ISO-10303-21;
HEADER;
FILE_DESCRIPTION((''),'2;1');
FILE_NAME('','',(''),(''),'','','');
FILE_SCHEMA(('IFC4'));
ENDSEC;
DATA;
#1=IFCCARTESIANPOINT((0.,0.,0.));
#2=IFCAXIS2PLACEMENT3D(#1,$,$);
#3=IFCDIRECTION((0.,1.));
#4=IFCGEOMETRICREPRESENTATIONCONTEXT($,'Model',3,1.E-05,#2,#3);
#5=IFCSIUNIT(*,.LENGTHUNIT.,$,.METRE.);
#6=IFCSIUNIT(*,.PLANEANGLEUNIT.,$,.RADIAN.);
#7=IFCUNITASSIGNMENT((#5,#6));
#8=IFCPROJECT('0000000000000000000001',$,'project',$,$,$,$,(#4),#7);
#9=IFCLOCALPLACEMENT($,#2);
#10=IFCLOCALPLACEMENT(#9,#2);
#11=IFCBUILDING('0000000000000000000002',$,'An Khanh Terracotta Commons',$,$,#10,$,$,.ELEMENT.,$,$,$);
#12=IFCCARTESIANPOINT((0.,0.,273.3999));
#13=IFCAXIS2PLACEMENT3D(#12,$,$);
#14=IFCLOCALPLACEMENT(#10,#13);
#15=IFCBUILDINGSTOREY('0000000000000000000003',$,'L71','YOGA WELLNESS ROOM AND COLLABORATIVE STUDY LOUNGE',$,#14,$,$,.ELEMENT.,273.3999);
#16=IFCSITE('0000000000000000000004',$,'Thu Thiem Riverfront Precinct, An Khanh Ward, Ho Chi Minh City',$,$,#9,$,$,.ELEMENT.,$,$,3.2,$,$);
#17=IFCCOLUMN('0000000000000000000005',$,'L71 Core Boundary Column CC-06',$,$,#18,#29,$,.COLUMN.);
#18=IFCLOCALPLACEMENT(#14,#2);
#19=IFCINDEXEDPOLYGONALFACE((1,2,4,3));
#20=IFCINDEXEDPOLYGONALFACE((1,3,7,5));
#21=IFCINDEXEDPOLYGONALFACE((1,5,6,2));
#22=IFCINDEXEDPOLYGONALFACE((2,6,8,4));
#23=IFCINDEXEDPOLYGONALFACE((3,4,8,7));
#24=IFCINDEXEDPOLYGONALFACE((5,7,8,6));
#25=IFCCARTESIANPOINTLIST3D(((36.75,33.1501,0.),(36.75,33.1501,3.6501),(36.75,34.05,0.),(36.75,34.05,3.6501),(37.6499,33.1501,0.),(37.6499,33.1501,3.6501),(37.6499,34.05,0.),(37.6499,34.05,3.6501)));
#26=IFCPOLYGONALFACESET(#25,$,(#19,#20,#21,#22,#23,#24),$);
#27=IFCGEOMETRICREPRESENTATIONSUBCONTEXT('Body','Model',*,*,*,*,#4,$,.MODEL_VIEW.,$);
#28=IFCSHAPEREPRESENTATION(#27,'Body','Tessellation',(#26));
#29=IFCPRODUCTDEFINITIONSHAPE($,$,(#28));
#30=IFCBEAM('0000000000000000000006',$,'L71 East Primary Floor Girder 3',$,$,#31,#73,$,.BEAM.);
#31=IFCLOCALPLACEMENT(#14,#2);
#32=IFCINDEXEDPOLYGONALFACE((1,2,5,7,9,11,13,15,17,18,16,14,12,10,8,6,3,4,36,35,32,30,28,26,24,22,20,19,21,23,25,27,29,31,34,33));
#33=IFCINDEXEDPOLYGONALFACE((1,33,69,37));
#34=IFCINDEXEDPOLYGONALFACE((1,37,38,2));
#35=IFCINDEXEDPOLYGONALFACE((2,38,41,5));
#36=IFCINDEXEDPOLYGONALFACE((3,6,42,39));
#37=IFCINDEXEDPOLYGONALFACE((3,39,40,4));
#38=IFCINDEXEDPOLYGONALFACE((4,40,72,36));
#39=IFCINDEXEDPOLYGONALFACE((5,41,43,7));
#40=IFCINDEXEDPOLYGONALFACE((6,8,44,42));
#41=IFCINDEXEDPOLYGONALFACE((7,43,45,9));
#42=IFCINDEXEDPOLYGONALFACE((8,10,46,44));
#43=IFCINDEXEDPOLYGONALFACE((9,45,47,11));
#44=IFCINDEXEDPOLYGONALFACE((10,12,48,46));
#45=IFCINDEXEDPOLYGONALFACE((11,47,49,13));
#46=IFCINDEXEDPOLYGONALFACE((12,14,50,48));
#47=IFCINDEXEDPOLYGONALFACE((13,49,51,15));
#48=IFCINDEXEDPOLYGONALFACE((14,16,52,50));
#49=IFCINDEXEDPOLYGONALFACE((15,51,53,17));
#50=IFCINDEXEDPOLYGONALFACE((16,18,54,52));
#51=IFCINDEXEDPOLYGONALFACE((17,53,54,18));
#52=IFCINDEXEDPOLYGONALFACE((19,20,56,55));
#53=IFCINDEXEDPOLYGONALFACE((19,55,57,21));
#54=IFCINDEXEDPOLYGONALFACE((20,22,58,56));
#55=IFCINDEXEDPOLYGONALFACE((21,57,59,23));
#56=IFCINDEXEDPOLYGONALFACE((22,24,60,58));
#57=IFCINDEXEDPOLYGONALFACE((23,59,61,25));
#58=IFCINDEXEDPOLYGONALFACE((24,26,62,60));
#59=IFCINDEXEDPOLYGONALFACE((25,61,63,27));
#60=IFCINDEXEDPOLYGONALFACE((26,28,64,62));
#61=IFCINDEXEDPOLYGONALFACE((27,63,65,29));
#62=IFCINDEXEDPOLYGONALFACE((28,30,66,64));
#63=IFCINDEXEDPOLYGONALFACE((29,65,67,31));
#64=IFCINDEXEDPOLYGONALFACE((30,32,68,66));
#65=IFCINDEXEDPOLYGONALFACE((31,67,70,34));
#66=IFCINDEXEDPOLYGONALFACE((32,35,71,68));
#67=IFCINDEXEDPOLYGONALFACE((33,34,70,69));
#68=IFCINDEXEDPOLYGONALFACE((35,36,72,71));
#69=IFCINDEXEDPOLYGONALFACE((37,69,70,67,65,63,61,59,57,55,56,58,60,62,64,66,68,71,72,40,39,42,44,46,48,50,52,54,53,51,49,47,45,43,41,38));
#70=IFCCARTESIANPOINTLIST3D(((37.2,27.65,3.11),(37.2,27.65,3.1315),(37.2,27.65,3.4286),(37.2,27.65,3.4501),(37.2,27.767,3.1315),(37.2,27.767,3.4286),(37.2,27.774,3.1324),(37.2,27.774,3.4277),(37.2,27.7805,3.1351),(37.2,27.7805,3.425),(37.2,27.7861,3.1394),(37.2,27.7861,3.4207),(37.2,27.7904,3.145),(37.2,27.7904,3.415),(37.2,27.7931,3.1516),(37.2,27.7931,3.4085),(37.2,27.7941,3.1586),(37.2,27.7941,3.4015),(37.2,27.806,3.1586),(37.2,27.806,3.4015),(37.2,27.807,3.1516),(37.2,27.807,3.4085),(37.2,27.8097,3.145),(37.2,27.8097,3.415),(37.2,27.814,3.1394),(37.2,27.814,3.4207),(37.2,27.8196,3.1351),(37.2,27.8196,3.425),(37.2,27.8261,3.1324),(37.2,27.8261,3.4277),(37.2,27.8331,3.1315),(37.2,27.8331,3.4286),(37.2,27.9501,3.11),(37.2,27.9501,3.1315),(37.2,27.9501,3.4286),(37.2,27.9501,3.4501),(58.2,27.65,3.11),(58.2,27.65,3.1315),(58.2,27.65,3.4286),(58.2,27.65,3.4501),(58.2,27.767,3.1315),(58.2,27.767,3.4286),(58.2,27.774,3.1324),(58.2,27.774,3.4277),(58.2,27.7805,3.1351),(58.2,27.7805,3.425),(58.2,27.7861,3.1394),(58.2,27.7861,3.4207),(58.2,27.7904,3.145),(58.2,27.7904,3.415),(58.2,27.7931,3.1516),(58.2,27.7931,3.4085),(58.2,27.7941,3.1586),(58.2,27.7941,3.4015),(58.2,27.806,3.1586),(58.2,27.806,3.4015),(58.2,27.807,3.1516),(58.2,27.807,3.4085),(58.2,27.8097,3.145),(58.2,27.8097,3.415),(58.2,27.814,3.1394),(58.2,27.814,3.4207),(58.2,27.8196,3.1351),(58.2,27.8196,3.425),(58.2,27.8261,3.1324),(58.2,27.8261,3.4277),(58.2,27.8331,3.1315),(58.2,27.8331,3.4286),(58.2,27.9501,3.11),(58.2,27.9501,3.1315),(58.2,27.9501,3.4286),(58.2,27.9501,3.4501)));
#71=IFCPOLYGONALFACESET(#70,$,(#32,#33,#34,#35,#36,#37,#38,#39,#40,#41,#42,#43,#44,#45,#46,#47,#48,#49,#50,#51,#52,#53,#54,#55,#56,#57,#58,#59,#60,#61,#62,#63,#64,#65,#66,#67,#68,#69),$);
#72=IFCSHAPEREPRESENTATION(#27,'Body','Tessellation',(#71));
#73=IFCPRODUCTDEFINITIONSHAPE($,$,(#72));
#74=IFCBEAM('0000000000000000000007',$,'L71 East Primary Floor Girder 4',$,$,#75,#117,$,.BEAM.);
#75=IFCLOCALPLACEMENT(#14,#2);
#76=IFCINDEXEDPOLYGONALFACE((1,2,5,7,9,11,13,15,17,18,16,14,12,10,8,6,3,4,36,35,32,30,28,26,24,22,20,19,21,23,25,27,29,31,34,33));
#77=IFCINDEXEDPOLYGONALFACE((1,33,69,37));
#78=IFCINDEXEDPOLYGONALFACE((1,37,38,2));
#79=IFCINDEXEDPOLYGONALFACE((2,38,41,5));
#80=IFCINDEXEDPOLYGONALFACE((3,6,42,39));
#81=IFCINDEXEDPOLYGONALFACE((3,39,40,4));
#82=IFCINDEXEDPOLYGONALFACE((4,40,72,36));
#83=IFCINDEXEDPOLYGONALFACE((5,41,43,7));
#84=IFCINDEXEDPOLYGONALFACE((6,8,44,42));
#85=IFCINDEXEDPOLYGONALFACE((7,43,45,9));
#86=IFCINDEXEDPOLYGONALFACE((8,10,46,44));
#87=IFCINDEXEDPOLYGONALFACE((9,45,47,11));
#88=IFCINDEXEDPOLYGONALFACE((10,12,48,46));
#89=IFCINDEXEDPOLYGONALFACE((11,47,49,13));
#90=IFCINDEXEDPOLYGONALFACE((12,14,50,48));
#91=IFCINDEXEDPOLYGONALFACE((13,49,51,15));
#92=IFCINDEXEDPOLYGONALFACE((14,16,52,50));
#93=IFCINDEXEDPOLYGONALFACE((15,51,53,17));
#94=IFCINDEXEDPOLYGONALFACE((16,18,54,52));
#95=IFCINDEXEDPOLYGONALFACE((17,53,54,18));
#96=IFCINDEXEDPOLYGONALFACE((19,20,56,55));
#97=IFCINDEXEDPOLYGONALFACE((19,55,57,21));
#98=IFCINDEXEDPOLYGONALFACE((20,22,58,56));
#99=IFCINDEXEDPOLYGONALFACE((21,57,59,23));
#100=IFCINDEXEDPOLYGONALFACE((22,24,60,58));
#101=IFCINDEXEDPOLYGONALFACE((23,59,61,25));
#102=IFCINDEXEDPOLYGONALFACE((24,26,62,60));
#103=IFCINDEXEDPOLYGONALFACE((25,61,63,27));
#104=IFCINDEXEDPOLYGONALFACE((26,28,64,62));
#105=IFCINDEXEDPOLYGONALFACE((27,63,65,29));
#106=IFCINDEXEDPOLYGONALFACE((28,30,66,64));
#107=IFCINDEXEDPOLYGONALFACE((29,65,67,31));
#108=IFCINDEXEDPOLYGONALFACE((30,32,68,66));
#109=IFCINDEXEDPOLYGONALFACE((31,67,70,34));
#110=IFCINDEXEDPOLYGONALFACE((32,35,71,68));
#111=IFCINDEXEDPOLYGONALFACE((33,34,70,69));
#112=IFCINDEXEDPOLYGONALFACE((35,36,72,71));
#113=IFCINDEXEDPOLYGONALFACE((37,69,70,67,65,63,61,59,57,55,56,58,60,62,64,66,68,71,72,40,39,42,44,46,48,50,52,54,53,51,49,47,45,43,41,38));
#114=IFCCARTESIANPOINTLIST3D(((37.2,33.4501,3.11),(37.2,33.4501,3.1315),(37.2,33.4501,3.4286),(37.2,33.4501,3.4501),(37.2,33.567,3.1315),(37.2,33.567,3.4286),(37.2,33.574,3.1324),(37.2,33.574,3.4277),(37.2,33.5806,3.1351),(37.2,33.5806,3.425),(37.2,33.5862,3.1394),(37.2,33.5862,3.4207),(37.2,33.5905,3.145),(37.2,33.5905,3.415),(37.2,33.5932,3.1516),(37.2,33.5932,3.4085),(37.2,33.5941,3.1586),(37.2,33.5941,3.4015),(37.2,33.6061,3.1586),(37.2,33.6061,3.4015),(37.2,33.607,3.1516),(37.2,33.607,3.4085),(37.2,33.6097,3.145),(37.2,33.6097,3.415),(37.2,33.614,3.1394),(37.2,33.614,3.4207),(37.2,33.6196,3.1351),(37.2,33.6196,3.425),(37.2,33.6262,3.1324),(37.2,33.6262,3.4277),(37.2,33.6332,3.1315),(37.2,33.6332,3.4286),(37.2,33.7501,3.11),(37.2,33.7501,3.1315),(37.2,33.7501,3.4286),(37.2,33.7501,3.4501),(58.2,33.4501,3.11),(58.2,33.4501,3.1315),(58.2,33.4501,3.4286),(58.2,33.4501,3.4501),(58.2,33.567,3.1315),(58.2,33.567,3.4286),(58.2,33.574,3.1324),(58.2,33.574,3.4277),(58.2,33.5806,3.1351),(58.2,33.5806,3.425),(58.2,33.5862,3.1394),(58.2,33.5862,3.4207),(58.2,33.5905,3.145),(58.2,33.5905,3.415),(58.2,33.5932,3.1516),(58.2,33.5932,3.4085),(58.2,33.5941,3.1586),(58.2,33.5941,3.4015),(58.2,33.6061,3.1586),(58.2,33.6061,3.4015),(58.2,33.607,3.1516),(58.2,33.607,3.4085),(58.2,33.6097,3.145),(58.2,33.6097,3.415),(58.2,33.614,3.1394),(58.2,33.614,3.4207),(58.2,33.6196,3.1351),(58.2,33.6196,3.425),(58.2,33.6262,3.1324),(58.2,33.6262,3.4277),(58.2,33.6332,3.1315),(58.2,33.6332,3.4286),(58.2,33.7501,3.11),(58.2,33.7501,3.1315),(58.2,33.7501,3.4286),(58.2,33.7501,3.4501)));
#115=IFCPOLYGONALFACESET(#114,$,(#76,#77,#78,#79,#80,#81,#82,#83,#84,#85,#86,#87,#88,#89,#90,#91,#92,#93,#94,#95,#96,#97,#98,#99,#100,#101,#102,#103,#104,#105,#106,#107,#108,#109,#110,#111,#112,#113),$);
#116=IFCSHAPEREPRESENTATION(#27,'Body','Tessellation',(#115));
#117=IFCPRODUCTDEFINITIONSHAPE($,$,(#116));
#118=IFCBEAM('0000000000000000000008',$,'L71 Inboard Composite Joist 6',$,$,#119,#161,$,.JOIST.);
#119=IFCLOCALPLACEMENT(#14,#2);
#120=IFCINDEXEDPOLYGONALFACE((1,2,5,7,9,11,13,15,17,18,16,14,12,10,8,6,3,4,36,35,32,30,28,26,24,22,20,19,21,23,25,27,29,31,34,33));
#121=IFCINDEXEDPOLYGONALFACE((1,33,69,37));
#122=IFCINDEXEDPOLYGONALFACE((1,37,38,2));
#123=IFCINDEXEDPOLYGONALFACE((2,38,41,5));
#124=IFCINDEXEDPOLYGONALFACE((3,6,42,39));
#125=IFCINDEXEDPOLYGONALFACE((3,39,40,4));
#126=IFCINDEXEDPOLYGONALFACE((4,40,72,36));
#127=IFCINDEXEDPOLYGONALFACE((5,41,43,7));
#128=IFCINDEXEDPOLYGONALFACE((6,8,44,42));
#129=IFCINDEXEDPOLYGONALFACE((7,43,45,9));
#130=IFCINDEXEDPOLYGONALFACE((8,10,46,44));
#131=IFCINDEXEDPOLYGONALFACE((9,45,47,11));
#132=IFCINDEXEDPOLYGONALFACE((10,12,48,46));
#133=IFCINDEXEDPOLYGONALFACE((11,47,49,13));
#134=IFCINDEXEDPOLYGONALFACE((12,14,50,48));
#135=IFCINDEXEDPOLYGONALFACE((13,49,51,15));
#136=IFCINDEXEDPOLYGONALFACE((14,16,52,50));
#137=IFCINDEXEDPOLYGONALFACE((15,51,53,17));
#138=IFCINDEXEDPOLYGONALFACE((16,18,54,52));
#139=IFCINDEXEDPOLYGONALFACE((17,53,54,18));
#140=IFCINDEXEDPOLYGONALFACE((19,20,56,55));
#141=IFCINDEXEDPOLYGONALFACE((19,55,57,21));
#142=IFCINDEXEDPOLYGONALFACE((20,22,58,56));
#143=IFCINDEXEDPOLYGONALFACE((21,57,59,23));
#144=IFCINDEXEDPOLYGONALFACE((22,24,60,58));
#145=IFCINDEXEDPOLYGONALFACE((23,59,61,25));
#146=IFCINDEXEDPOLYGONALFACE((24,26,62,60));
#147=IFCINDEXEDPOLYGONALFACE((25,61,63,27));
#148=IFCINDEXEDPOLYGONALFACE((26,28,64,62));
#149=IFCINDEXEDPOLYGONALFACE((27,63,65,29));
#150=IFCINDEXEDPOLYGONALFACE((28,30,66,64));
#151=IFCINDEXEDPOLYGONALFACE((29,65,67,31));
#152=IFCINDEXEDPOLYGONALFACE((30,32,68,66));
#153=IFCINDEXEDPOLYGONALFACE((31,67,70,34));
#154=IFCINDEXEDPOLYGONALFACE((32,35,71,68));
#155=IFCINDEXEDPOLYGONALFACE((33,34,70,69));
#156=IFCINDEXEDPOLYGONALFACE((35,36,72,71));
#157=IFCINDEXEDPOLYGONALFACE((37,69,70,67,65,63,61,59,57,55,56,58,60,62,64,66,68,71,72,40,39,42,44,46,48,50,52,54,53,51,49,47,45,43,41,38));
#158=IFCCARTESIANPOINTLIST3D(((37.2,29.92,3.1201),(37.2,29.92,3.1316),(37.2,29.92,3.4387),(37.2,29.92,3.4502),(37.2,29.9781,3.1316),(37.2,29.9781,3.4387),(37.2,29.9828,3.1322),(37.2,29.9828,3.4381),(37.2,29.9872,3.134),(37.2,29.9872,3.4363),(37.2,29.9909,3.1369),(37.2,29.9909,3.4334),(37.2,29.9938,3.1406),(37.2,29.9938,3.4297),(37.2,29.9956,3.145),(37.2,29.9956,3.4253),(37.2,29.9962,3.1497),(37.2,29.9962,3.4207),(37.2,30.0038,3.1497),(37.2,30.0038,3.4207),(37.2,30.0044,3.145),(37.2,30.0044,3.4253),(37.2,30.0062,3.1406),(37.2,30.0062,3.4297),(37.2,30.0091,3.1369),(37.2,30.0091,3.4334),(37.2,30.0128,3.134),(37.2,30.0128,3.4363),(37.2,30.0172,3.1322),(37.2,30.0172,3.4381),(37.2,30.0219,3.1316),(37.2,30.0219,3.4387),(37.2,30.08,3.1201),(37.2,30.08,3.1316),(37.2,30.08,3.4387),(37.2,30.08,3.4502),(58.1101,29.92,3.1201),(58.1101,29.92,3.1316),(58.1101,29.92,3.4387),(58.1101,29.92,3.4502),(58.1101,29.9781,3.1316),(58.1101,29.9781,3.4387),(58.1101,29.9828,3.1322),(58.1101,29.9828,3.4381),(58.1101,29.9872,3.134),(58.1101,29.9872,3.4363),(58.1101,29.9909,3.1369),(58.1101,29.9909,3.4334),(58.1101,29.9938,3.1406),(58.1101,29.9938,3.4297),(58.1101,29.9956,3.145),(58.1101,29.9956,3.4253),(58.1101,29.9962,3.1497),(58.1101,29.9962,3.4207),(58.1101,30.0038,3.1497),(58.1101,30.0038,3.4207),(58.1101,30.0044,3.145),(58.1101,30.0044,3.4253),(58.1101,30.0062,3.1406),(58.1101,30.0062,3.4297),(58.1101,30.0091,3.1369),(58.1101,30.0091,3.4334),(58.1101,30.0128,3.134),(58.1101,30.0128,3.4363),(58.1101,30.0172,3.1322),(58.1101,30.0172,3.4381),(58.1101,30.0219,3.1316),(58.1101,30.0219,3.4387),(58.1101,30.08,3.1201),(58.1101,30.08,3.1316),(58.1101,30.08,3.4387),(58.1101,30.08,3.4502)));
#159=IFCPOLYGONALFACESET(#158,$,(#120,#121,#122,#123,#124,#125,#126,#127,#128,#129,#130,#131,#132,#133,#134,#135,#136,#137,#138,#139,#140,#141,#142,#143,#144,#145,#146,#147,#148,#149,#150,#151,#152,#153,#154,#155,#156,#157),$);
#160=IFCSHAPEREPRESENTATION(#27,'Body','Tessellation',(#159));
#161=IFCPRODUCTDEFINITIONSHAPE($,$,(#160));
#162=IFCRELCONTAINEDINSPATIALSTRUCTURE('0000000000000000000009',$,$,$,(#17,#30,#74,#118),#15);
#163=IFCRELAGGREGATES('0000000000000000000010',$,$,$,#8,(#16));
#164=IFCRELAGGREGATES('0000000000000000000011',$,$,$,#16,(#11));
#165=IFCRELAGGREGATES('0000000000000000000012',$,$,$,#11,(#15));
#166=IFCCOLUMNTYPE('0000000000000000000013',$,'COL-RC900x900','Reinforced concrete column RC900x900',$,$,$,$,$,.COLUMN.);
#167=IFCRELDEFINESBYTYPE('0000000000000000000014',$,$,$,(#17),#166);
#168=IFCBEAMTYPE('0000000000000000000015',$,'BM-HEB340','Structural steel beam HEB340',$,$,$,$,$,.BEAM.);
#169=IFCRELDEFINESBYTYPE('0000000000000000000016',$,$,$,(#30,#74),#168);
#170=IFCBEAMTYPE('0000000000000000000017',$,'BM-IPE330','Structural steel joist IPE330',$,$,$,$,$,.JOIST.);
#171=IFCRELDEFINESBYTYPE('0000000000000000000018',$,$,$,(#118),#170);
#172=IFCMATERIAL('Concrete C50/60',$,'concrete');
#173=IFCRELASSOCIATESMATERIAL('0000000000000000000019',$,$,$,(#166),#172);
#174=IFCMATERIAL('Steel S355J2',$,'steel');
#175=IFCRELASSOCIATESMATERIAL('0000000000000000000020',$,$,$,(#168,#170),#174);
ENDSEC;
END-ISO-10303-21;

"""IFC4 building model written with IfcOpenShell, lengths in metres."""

from ifc_helpers import new_model, si_unit, direction, frame, origin, origin_2d, place, context, subcontext, project, spatial, rectangle, i_section, extrude, material, material_profile, profile_set, type_object, element, save


model = new_model("IFC4")

# Units and contexts
model_context = context("Model", 3, precision=1e-05, world=origin(), true_north=direction((0.0, 1.0)))
body_context = subcontext(model_context, "Body", "Model", "MODEL_VIEW")
ifc_project = project(units=[si_unit("LENGTHUNIT", "METRE"), si_unit("PLANEANGLEUNIT", "RADIAN")], contexts=[model_context])

# Site, building, storey
site_placement = place(None, origin())
site = spatial("IfcSite", under=ifc_project, at=site_placement, Name="Thu Thiem Riverfront Precinct, An Khanh Ward, Ho Chi Minh City", CompositionType="ELEMENT", RefElevation=3.2)
building_placement = place(site_placement, origin())
building = spatial("IfcBuilding", under=site, at=building_placement, Name="An Khanh Terracotta Commons", CompositionType="ELEMENT")
storey_placement = place(building_placement, frame((0.0, 0.0, 273.3999)))
storey = spatial("IfcBuildingStorey", under=building, at=storey_placement, Name="L71", Description="YOGA WELLNESS ROOM AND COLLABORATIVE STUDY LOUNGE", CompositionType="ELEMENT", Elevation=273.3999)

# Column
ifc_material_1 = material(Name="Concrete C50/60", Category="concrete")
ifc_material_profile_1 = material_profile(ifc_material_1, rectangle(XDim=0.8999, YDim=0.8999, at=origin_2d()), Name="RC900x900")
ifc_profile_set_1 = profile_set([ifc_material_profile_1], Name="Concrete C50/60")
column_type = type_object("IfcColumnType", Name="COL-RC900x900", Description="Reinforced concrete column RC900x900", PredefinedType="COLUMN", material=ifc_profile_set_1)
column_placement = place(storey_placement, frame((37.2, 33.6001, 0.0), z_axis=(0.0, 0.0, 1.0), x_axis=(1.0, 0.0, 0.0)))
element("IfcColumn", 1, at=column_placement, inside=storey, type_object=column_type, Name="L71 Core Boundary Column CC-06", PredefinedType="COLUMN", context=body_context, shape_type="SweptSolid", body=[
    extrude(rectangle(XDim=0.8999, YDim=0.8999, at=origin_2d()), origin(), (0.0, 0.0, 1.0), 3.6501),
])

# Beams
ifc_material_2 = material(Name="Steel S355J2", Category="steel")
ifc_material_profile_2 = material_profile(ifc_material_2, i_section(OverallWidth=0.3, OverallDepth=0.3401, WebThickness=0.012, FlangeThickness=0.0215, FilletRadius=0.0271, at=origin_2d()), Name="HEB340")
ifc_profile_set_2 = profile_set([ifc_material_profile_2], Name="Steel S355J2")
beam_type_1 = type_object("IfcBeamType", Name="BM-HEB340", Description="Structural steel beam HEB340", PredefinedType="BEAM", material=ifc_profile_set_2)
for number, where, z_axis, x_axis, name in (
    (2, (37.2, 27.8, 3.28), (1.0, 0.0, 0.0), (0.0, 1.0, 0.0), "L71 East Primary Floor Girder 3"),
    (3, (37.2, 33.6001, 3.28), (1.0, 0.0, 0.0), (0.0, 1.0, 0.0), "L71 East Primary Floor Girder 4"),
):
    element("IfcBeam", number, at=place(storey_placement, frame(where, z_axis=z_axis, x_axis=x_axis)), inside=storey, type_object=beam_type_1, Name=name, PredefinedType="BEAM", context=body_context, shape_type="SweptSolid", body=[
        extrude(i_section(OverallWidth=0.3, OverallDepth=0.3401, WebThickness=0.012, FlangeThickness=0.0215, FilletRadius=0.0271, at=origin_2d()), origin(), (0.0, 0.0, 1.0), 21.0),
    ])
ifc_material_profile_3 = material_profile(ifc_material_2, i_section(OverallWidth=0.1599, OverallDepth=0.3301, WebThickness=0.0076, FlangeThickness=0.0115, FilletRadius=0.0181, at=origin_2d()), Name="IPE330")
ifc_profile_set_3 = profile_set([ifc_material_profile_3], Name="Steel S355J2")
beam_type_2 = type_object("IfcBeamType", Name="BM-IPE330", Description="Structural steel joist IPE330", PredefinedType="JOIST", material=ifc_profile_set_3)
for number, where, z_axis, x_axis, name in (
    (4, (37.2, 30.0, 3.2852), (1.0, 0.0, 0.0), (0.0, 1.0, 0.0), "L71 Inboard Composite Joist 6"),
):
    element("IfcBeam", number, at=place(storey_placement, frame(where, z_axis=z_axis, x_axis=x_axis)), inside=storey, type_object=beam_type_2, Name=name, PredefinedType="JOIST", context=body_context, shape_type="SweptSolid", body=[
        extrude(i_section(OverallWidth=0.1599, OverallDepth=0.3301, WebThickness=0.0076, FlangeThickness=0.0115, FilletRadius=0.0181, at=origin_2d()), origin(), (0.0, 0.0, 1.0), 20.9102),
    ])

save(model, "model.ifc")
